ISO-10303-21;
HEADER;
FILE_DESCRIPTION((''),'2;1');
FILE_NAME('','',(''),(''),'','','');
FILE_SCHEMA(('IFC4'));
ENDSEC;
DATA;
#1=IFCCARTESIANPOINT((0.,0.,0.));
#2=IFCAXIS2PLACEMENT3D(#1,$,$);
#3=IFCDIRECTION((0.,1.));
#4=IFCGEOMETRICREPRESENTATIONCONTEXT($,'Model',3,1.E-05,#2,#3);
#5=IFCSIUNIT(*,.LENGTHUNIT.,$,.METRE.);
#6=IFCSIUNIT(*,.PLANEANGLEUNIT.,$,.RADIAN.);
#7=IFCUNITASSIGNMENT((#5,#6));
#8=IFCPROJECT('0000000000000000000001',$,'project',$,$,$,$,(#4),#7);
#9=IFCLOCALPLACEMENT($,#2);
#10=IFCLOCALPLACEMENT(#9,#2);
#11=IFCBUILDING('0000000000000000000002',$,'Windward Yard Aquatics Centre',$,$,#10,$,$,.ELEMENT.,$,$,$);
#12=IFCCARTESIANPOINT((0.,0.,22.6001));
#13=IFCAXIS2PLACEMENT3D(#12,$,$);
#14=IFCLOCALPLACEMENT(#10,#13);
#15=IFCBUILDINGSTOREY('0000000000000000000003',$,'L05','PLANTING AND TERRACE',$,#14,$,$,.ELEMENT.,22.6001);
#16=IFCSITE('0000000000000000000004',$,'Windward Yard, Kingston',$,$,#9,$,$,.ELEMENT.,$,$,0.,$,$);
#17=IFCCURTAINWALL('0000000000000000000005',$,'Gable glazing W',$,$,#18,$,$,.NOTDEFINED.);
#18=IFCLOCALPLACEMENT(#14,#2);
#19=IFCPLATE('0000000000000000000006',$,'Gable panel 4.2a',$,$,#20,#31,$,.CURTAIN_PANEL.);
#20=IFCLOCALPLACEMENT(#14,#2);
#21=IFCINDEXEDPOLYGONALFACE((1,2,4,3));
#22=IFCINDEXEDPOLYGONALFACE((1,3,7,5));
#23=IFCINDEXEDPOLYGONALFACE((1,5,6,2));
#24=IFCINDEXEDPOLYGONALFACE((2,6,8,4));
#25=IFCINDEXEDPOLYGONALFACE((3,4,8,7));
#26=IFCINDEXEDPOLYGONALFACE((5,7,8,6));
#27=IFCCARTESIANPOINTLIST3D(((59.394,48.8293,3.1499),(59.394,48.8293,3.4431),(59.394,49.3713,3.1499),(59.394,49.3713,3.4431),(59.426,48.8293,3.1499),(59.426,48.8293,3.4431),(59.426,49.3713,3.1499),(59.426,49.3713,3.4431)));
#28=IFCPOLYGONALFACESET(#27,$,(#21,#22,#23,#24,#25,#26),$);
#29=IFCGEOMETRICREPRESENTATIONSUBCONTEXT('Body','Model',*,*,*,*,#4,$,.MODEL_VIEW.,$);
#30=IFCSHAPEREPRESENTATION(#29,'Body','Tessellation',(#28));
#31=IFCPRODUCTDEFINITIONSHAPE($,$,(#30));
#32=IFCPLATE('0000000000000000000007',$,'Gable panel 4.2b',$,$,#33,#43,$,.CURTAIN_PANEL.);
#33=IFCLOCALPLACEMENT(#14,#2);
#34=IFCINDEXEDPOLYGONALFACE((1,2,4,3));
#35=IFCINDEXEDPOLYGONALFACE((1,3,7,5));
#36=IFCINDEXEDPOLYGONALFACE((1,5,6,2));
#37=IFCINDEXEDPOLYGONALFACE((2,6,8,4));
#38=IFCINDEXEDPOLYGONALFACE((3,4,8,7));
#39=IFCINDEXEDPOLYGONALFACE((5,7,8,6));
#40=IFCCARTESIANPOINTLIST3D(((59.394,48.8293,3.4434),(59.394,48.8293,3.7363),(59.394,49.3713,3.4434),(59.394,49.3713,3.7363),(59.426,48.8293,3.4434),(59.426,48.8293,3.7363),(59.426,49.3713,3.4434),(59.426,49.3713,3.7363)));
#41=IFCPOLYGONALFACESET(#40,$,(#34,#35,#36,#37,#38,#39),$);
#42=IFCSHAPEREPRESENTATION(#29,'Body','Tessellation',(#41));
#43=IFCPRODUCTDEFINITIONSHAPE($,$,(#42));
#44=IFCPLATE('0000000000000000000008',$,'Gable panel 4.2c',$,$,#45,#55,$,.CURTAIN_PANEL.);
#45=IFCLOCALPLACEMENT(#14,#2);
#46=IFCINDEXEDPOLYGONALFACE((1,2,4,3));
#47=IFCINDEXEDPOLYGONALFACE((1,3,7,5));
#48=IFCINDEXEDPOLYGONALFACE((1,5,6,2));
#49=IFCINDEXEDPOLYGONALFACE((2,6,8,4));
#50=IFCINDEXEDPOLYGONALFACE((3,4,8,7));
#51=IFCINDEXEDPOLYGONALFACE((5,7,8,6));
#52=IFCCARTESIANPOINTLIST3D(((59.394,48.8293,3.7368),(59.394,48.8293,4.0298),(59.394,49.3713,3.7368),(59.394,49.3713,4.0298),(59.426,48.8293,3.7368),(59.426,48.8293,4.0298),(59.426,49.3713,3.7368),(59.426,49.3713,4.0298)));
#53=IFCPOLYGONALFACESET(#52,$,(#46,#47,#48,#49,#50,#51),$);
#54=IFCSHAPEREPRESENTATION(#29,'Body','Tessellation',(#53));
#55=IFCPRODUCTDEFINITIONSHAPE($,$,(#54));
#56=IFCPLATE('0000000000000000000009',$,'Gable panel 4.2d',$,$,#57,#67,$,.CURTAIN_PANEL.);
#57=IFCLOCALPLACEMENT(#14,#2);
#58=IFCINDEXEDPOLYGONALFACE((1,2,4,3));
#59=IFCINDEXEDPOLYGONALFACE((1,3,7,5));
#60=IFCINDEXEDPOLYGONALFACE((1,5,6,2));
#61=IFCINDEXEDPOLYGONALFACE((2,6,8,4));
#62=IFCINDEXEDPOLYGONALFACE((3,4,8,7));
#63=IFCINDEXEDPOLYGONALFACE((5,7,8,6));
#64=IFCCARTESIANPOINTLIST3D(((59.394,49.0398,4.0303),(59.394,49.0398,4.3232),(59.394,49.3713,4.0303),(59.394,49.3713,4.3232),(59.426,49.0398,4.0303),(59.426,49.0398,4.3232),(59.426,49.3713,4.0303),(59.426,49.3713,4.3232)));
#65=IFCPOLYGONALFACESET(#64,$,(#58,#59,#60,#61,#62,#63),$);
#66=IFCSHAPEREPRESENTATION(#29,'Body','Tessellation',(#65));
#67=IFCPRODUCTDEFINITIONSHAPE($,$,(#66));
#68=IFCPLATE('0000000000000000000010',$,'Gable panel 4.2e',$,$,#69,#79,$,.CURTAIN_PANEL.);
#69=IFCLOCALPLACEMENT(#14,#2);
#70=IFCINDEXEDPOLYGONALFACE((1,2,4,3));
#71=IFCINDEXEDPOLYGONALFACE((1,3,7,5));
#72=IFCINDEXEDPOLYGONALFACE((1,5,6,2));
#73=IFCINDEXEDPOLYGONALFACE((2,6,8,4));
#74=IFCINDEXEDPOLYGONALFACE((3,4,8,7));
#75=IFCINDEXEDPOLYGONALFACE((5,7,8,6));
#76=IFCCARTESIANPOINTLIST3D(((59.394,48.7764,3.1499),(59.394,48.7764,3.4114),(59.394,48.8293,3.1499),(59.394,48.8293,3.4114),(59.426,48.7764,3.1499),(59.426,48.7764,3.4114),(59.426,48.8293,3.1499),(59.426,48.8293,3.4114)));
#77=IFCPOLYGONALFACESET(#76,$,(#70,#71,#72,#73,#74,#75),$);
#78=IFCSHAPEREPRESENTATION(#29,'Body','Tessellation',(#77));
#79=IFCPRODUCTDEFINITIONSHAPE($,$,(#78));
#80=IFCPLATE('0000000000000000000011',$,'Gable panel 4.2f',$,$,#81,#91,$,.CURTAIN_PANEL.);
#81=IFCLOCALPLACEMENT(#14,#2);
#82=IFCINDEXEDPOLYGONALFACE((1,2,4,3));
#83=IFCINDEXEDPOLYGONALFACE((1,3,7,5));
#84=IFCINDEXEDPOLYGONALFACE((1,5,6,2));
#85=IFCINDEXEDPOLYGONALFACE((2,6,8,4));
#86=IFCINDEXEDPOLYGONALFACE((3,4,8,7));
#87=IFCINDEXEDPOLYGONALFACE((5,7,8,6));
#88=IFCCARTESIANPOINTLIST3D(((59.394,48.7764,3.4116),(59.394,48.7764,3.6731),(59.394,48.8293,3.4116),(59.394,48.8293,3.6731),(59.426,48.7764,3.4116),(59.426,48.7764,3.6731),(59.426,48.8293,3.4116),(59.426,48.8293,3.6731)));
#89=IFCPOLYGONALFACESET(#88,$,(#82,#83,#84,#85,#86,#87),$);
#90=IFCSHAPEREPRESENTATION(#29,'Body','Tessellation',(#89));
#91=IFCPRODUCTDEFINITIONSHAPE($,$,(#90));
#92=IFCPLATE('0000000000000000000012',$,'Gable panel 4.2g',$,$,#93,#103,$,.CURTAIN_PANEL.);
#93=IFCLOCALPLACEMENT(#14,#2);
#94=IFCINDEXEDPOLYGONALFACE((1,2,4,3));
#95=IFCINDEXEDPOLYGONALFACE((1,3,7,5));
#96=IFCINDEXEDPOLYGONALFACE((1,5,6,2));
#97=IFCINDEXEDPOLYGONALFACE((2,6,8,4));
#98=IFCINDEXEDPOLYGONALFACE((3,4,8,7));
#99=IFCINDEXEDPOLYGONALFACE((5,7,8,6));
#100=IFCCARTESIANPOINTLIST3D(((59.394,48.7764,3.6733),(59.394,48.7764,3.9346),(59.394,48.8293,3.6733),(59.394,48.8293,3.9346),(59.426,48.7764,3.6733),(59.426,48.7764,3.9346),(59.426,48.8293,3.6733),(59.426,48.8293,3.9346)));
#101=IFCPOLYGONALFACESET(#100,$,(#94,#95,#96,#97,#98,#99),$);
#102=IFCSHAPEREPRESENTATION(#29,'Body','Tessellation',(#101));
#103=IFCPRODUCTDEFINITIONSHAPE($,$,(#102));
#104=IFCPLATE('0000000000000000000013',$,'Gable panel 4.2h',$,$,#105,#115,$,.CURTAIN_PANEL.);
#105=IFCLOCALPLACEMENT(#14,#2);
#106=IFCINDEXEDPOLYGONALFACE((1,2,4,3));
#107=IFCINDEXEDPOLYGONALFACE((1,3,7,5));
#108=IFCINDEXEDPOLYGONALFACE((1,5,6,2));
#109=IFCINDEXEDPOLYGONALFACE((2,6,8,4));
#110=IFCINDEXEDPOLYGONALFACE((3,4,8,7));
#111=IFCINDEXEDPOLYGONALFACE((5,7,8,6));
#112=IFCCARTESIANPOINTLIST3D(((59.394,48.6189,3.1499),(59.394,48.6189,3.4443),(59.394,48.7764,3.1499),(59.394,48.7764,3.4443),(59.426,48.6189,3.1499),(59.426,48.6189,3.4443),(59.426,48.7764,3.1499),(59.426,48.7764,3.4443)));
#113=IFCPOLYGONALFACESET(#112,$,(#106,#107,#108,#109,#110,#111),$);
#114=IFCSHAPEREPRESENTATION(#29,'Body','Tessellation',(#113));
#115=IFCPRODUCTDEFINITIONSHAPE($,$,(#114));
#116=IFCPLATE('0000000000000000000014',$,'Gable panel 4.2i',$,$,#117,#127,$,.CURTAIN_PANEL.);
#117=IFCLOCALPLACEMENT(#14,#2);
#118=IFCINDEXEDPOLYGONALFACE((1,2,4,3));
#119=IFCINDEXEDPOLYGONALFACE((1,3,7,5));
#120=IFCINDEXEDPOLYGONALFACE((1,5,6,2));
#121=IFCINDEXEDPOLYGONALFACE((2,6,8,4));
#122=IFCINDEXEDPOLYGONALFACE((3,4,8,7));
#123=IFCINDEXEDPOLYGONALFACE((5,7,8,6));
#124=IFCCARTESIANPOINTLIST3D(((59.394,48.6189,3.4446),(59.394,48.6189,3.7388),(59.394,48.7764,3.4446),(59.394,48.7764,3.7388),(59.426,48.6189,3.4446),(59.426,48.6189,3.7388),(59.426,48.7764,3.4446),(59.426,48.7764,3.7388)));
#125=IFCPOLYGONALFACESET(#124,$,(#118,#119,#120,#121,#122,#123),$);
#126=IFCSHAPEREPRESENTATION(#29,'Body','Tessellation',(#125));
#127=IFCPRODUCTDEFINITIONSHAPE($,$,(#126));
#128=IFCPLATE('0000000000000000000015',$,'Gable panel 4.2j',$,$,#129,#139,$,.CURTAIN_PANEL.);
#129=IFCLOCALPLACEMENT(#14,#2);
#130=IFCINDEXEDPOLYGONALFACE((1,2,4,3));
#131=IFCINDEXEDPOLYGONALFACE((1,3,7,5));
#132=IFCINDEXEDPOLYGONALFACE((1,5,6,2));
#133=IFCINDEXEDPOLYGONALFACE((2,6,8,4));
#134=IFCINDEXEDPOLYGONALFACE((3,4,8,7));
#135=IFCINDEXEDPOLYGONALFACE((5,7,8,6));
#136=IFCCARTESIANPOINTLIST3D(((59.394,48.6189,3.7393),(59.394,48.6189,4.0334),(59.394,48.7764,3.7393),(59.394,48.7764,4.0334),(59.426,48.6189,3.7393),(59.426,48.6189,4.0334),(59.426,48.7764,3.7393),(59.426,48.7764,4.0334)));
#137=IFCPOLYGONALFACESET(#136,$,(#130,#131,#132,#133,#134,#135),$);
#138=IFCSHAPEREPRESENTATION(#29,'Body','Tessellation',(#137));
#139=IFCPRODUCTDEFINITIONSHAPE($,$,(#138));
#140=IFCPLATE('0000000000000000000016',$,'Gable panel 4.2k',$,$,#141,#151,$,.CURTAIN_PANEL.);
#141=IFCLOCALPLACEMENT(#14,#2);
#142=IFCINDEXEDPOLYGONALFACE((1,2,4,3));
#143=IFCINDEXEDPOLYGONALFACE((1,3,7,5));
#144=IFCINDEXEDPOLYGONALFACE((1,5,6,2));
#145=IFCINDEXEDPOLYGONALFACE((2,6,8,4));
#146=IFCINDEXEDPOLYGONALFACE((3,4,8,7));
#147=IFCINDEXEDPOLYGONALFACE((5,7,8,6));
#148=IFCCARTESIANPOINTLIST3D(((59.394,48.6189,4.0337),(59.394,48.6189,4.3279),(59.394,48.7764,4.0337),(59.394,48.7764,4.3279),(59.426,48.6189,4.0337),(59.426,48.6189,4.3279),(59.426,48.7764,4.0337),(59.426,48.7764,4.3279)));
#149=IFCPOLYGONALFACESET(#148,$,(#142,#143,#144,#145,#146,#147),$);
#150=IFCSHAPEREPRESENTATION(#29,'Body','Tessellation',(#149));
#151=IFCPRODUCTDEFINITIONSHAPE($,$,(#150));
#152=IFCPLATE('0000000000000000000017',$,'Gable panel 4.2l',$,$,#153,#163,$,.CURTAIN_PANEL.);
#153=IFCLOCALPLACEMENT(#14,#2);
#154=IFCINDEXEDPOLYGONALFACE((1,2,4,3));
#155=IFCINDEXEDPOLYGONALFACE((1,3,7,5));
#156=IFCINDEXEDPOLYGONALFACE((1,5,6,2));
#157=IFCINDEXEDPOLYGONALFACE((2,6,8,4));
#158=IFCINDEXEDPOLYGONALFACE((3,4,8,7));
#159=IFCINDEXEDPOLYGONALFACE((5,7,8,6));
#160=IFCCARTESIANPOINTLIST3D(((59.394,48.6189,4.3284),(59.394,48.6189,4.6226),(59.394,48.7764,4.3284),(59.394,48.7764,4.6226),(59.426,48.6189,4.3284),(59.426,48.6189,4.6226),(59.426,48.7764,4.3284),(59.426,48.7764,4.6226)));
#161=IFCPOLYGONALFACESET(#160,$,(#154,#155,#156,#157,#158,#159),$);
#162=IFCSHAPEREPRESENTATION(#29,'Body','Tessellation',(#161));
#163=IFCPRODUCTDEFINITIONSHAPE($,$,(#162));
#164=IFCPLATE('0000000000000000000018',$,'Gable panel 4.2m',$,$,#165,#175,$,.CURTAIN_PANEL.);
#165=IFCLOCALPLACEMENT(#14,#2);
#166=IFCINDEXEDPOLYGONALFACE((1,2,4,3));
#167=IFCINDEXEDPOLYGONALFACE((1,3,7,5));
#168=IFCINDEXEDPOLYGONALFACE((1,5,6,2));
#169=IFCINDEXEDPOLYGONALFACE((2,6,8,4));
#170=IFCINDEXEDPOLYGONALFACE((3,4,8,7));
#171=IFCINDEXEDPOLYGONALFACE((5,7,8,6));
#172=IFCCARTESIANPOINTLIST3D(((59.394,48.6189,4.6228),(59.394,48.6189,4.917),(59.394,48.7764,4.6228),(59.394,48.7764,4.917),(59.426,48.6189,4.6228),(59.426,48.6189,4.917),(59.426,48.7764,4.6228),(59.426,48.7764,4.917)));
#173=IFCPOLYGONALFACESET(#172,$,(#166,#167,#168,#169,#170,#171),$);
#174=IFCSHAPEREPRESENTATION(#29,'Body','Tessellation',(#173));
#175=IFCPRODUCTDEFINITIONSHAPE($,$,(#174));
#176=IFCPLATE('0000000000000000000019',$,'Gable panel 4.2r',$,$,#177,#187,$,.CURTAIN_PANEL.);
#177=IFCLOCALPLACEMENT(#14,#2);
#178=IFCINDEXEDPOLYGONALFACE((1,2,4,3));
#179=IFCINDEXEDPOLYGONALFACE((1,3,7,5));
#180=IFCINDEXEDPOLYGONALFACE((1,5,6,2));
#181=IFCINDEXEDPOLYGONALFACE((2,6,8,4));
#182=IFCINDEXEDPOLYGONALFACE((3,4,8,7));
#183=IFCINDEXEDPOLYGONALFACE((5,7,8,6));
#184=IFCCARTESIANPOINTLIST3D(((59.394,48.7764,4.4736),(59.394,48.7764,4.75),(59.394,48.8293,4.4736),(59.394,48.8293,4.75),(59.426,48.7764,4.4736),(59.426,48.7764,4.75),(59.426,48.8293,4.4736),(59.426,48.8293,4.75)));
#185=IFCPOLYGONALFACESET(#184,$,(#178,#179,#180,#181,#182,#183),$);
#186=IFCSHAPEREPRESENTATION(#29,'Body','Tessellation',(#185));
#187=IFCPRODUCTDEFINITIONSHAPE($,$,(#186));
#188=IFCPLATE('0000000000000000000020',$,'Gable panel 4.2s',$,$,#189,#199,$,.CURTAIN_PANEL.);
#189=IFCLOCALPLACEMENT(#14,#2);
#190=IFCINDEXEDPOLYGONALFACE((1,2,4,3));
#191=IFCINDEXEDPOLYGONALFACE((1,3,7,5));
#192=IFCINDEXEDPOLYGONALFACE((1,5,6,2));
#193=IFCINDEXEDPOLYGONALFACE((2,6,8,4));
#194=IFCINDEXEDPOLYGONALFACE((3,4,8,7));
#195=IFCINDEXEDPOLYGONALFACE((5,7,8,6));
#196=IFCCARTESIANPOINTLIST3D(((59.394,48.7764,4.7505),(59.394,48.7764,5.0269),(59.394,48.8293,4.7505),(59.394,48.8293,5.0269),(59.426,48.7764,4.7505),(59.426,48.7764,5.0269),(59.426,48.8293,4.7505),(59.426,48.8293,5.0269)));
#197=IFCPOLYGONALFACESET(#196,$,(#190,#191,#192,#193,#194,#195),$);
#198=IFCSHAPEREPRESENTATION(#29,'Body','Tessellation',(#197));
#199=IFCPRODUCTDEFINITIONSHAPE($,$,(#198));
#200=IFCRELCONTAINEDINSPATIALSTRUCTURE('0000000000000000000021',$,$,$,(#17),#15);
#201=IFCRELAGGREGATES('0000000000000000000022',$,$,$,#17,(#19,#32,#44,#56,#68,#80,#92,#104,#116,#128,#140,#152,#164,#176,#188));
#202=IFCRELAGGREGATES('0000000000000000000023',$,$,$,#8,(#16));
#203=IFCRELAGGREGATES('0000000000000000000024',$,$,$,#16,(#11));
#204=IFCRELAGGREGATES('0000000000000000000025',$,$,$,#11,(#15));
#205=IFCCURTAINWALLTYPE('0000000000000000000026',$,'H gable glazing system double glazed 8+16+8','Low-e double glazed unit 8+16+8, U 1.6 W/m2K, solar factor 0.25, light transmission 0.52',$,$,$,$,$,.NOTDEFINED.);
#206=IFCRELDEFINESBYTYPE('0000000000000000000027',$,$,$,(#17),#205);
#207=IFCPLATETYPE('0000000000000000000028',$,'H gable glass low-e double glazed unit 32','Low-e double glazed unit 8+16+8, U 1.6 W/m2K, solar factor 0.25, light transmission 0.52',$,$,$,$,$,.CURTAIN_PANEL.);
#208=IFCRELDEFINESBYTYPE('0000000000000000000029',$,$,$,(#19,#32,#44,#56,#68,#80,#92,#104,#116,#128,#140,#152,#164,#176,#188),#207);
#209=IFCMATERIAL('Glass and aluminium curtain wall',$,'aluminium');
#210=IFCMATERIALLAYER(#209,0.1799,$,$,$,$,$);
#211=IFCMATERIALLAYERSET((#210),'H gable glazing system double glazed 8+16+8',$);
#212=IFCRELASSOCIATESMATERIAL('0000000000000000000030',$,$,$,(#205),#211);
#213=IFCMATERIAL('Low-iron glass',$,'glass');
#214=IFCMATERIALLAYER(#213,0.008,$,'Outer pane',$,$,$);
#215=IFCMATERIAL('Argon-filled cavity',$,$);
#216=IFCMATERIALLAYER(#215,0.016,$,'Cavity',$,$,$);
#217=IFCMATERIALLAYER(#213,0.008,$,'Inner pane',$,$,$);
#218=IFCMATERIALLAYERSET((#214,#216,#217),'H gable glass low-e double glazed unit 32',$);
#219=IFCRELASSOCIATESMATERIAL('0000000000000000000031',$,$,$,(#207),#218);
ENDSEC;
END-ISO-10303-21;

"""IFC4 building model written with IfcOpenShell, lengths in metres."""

from ifc_helpers import new_model, si_unit, direction, frame, origin, place, context, subcontext, project, spatial, polyline, outline, extrude, material, layer, layer_set, type_object, element, aggregate, save


model = new_model("IFC4")

# Units and contexts
model_context = context("Model", 3, precision=1e-05, world=origin(), true_north=direction((0.0, 1.0)))
body_context = subcontext(model_context, "Body", "Model", "MODEL_VIEW")
ifc_project = project(units=[si_unit("LENGTHUNIT", "METRE"), si_unit("PLANEANGLEUNIT", "RADIAN")], contexts=[model_context])

# Site, building, storey
site_placement = place(None, origin())
site = spatial("IfcSite", under=ifc_project, at=site_placement, Name="Windward Yard, Kingston", CompositionType="ELEMENT", RefElevation=0.0)
building_placement = place(site_placement, origin())
building = spatial("IfcBuilding", under=site, at=building_placement, Name="Windward Yard Aquatics Centre", CompositionType="ELEMENT")
storey_placement = place(building_placement, frame((0.0, 0.0, 22.6001)))
storey = spatial("IfcBuildingStorey", under=building, at=storey_placement, Name="L05", Description="PLANTING AND TERRACE", CompositionType="ELEMENT", Elevation=22.6001)

# Curtain wall, plates
ifc_material_1 = material(Name="Glass and aluminium curtain wall", Category="aluminium")
ifc_layer_1 = layer(ifc_material_1, 0.1799)
ifc_layer_set_1 = layer_set([ifc_layer_1], Name="H gable glazing system double glazed 8+16+8")
curtain_wall_type = type_object("IfcCurtainWallType", Name="H gable glazing system double glazed 8+16+8", Description="Low-e double glazed unit 8+16+8, U 1.6 W/m2K, solar factor 0.25, light transmission 0.52", PredefinedType="NOTDEFINED", material=ifc_layer_set_1)
curtain_wall_placement = place(storey_placement, origin())
curtain_wall = element("IfcCurtainWall", 1, at=curtain_wall_placement, inside=storey, type_object=curtain_wall_type, Name="Gable glazing W", PredefinedType="NOTDEFINED")
ifc_material_2 = material(Name="Low-iron glass", Category="glass")
ifc_layer_2 = layer(ifc_material_2, 0.008, Name="Outer pane")
ifc_material_3 = material(Name="Argon-filled cavity")
ifc_layer_3 = layer(ifc_material_3, 0.016, Name="Cavity")
ifc_layer_4 = layer(ifc_material_2, 0.008, Name="Inner pane")
ifc_layer_set_2 = layer_set([ifc_layer_2, ifc_layer_3, ifc_layer_4], Name="H gable glass low-e double glazed unit 32")
plate_type = type_object("IfcPlateType", Name="H gable glass low-e double glazed unit 32", Description="Low-e double glazed unit 8+16+8, U 1.6 W/m2K, solar factor 0.25, light transmission 0.52", PredefinedType="CURTAIN_PANEL", material=ifc_layer_set_2)
plate_1_placement = place(storey_placement, frame((59.426, 48.8293, 3.1499), z_axis=(1.0, 0.0, 0.0), x_axis=(0.0, 1.0, 0.0)))
plate_1 = element("IfcPlate", 2, at=plate_1_placement, type_object=plate_type, Name="Gable panel 4.2a", PredefinedType="CURTAIN_PANEL", context=body_context, shape_type="SweptSolid", body=[
    extrude(outline(polyline([(0.0, 0.0), (0.542, 0.0), (0.542, 0.2932), (0.0, 0.2932), (0.0, 0.0)])), origin(), (0.0, 0.0, -1.0), 0.032),
])
plate_2_placement = place(storey_placement, frame((59.426, 48.8293, 3.4434), z_axis=(1.0, 0.0, 0.0), x_axis=(0.0, 1.0, 0.0)))
plate_2 = element("IfcPlate", 3, at=plate_2_placement, type_object=plate_type, Name="Gable panel 4.2b", PredefinedType="CURTAIN_PANEL", context=body_context, shape_type="SweptSolid", body=[
    extrude(outline(polyline([(0.0, 0.0), (0.542, 0.0), (0.542, 0.293), (0.0, 0.293), (0.0, 0.0)])), origin(), (0.0, 0.0, -1.0), 0.032),
])
plate_3_placement = place(storey_placement, frame((59.426, 48.8293, 3.7368), z_axis=(1.0, 0.0, 0.0), x_axis=(0.0, 1.0, 0.0)))
plate_3 = element("IfcPlate", 4, at=plate_3_placement, type_object=plate_type, Name="Gable panel 4.2c", PredefinedType="CURTAIN_PANEL", context=body_context, shape_type="SweptSolid", body=[
    extrude(outline(polyline([(0.0, 0.0), (0.542, 0.0), (0.542, 0.293), (0.0, 0.293), (0.0, 0.0)])), origin(), (0.0, 0.0, -1.0), 0.032),
])
plate_4_placement = place(storey_placement, frame((59.426, 49.0398, 4.0303), z_axis=(1.0, 0.0, 0.0), x_axis=(0.0, 1.0, 0.0)))
plate_4 = element("IfcPlate", 5, at=plate_4_placement, type_object=plate_type, Name="Gable panel 4.2d", PredefinedType="CURTAIN_PANEL", context=body_context, shape_type="SweptSolid", body=[
    extrude(outline(polyline([(0.0, 0.0), (0.3315, 0.0), (0.3315, 0.293), (0.0, 0.293), (0.0, 0.0)])), origin(), (0.0, 0.0, -1.0), 0.032),
])
plate_5_placement = place(storey_placement, frame((59.426, 48.7764, 3.1499), z_axis=(1.0, 0.0, 0.0), x_axis=(0.0, 1.0, 0.0)))
plate_5 = element("IfcPlate", 6, at=plate_5_placement, type_object=plate_type, Name="Gable panel 4.2e", PredefinedType="CURTAIN_PANEL", context=body_context, shape_type="SweptSolid", body=[
    extrude(outline(polyline([(0.0, 0.0), (0.053, 0.0), (0.053, 0.2615), (0.0, 0.2615), (0.0, 0.0)])), origin(), (0.0, 0.0, -1.0), 0.032),
])
plate_6_placement = place(storey_placement, frame((59.426, 48.7764, 3.4116), z_axis=(1.0, 0.0, 0.0), x_axis=(0.0, 1.0, 0.0)))
plate_6 = element("IfcPlate", 7, at=plate_6_placement, type_object=plate_type, Name="Gable panel 4.2f", PredefinedType="CURTAIN_PANEL", context=body_context, shape_type="SweptSolid", body=[
    extrude(outline(polyline([(0.0, 0.0), (0.053, 0.0), (0.053, 0.2615), (0.0, 0.2615), (0.0, 0.0)])), origin(), (0.0, 0.0, -1.0), 0.032),
])
plate_7_placement = place(storey_placement, frame((59.426, 48.7764, 3.6733), z_axis=(1.0, 0.0, 0.0), x_axis=(0.0, 1.0, 0.0)))
plate_7 = element("IfcPlate", 8, at=plate_7_placement, type_object=plate_type, Name="Gable panel 4.2g", PredefinedType="CURTAIN_PANEL", context=body_context, shape_type="SweptSolid", body=[
    extrude(outline(polyline([(0.0, 0.0), (0.053, 0.0), (0.053, 0.2612), (0.0, 0.2612), (0.0, 0.0)])), origin(), (0.0, 0.0, -1.0), 0.032),
])
plate_8_placement = place(storey_placement, frame((59.426, 48.6189, 3.1499), z_axis=(1.0, 0.0, 0.0), x_axis=(0.0, 1.0, 0.0)))
plate_8 = element("IfcPlate", 9, at=plate_8_placement, type_object=plate_type, Name="Gable panel 4.2h", PredefinedType="CURTAIN_PANEL", context=body_context, shape_type="SweptSolid", body=[
    extrude(outline(polyline([(0.0, 0.0), (0.1575, 0.0), (0.1575, 0.2944), (0.0, 0.2944), (0.0, 0.0)])), origin(), (0.0, 0.0, -1.0), 0.032),
])
plate_9_placement = place(storey_placement, frame((59.426, 48.6189, 3.4446), z_axis=(1.0, 0.0, 0.0), x_axis=(0.0, 1.0, 0.0)))
plate_9 = element("IfcPlate", 10, at=plate_9_placement, type_object=plate_type, Name="Gable panel 4.2i", PredefinedType="CURTAIN_PANEL", context=body_context, shape_type="SweptSolid", body=[
    extrude(outline(polyline([(0.0, 0.0), (0.1575, 0.0), (0.1575, 0.2942), (0.0, 0.2942), (0.0, 0.0)])), origin(), (0.0, 0.0, -1.0), 0.032),
])
plate_10_placement = place(storey_placement, frame((59.426, 48.6189, 3.7393), z_axis=(1.0, 0.0, 0.0), x_axis=(0.0, 1.0, 0.0)))
plate_10 = element("IfcPlate", 11, at=plate_10_placement, type_object=plate_type, Name="Gable panel 4.2j", PredefinedType="CURTAIN_PANEL", context=body_context, shape_type="SweptSolid", body=[
    extrude(outline(polyline([(0.0, 0.0), (0.1575, 0.0), (0.1575, 0.2942), (0.0, 0.2942), (0.0, 0.0)])), origin(), (0.0, 0.0, -1.0), 0.032),
])
plate_11_placement = place(storey_placement, frame((59.426, 48.6189, 4.0337), z_axis=(1.0, 0.0, 0.0), x_axis=(0.0, 1.0, 0.0)))
plate_11 = element("IfcPlate", 12, at=plate_11_placement, type_object=plate_type, Name="Gable panel 4.2k", PredefinedType="CURTAIN_PANEL", context=body_context, shape_type="SweptSolid", body=[
    extrude(outline(polyline([(0.0, 0.0), (0.1575, 0.0), (0.1575, 0.2942), (0.0, 0.2942), (0.0, 0.0)])), origin(), (0.0, 0.0, -1.0), 0.032),
])
plate_12_placement = place(storey_placement, frame((59.426, 48.6189, 4.3284), z_axis=(1.0, 0.0, 0.0), x_axis=(0.0, 1.0, 0.0)))
plate_12 = element("IfcPlate", 13, at=plate_12_placement, type_object=plate_type, Name="Gable panel 4.2l", PredefinedType="CURTAIN_PANEL", context=body_context, shape_type="SweptSolid", body=[
    extrude(outline(polyline([(0.0, 0.0), (0.1575, 0.0), (0.1575, 0.2942), (0.0, 0.2942), (0.0, 0.0)])), origin(), (0.0, 0.0, -1.0), 0.032),
])
plate_13_placement = place(storey_placement, frame((59.426, 48.6189, 4.6228), z_axis=(1.0, 0.0, 0.0), x_axis=(0.0, 1.0, 0.0)))
plate_13 = element("IfcPlate", 14, at=plate_13_placement, type_object=plate_type, Name="Gable panel 4.2m", PredefinedType="CURTAIN_PANEL", context=body_context, shape_type="SweptSolid", body=[
    extrude(outline(polyline([(0.0, 0.0), (0.1575, 0.0), (0.1575, 0.2942), (0.0, 0.2942), (0.0, 0.0)])), origin(), (0.0, 0.0, -1.0), 0.032),
])
plate_14_placement = place(storey_placement, frame((59.426, 48.7764, 4.4736), z_axis=(1.0, 0.0, 0.0), x_axis=(0.0, 1.0, 0.0)))
plate_14 = element("IfcPlate", 15, at=plate_14_placement, type_object=plate_type, Name="Gable panel 4.2r", PredefinedType="CURTAIN_PANEL", context=body_context, shape_type="SweptSolid", body=[
    extrude(outline(polyline([(0.0, 0.0), (0.053, 0.0), (0.053, 0.2764), (0.0, 0.2764), (0.0, 0.0)])), origin(), (0.0, 0.0, -1.0), 0.032),
])
plate_15_placement = place(storey_placement, frame((59.426, 48.7764, 4.7505), z_axis=(1.0, 0.0, 0.0), x_axis=(0.0, 1.0, 0.0)))
plate_15 = element("IfcPlate", 16, at=plate_15_placement, type_object=plate_type, Name="Gable panel 4.2s", PredefinedType="CURTAIN_PANEL", context=body_context, shape_type="SweptSolid", body=[
    extrude(outline(polyline([(0.0, 0.0), (0.053, 0.0), (0.053, 0.2764), (0.0, 0.2764), (0.0, 0.0)])), origin(), (0.0, 0.0, -1.0), 0.032),
])
aggregate(curtain_wall, [plate_1, plate_2, plate_3, plate_4, plate_5, plate_6, plate_7, plate_8, plate_9, plate_10, plate_11, plate_12, plate_13, plate_14, plate_15])

save(model, "model.ifc")
